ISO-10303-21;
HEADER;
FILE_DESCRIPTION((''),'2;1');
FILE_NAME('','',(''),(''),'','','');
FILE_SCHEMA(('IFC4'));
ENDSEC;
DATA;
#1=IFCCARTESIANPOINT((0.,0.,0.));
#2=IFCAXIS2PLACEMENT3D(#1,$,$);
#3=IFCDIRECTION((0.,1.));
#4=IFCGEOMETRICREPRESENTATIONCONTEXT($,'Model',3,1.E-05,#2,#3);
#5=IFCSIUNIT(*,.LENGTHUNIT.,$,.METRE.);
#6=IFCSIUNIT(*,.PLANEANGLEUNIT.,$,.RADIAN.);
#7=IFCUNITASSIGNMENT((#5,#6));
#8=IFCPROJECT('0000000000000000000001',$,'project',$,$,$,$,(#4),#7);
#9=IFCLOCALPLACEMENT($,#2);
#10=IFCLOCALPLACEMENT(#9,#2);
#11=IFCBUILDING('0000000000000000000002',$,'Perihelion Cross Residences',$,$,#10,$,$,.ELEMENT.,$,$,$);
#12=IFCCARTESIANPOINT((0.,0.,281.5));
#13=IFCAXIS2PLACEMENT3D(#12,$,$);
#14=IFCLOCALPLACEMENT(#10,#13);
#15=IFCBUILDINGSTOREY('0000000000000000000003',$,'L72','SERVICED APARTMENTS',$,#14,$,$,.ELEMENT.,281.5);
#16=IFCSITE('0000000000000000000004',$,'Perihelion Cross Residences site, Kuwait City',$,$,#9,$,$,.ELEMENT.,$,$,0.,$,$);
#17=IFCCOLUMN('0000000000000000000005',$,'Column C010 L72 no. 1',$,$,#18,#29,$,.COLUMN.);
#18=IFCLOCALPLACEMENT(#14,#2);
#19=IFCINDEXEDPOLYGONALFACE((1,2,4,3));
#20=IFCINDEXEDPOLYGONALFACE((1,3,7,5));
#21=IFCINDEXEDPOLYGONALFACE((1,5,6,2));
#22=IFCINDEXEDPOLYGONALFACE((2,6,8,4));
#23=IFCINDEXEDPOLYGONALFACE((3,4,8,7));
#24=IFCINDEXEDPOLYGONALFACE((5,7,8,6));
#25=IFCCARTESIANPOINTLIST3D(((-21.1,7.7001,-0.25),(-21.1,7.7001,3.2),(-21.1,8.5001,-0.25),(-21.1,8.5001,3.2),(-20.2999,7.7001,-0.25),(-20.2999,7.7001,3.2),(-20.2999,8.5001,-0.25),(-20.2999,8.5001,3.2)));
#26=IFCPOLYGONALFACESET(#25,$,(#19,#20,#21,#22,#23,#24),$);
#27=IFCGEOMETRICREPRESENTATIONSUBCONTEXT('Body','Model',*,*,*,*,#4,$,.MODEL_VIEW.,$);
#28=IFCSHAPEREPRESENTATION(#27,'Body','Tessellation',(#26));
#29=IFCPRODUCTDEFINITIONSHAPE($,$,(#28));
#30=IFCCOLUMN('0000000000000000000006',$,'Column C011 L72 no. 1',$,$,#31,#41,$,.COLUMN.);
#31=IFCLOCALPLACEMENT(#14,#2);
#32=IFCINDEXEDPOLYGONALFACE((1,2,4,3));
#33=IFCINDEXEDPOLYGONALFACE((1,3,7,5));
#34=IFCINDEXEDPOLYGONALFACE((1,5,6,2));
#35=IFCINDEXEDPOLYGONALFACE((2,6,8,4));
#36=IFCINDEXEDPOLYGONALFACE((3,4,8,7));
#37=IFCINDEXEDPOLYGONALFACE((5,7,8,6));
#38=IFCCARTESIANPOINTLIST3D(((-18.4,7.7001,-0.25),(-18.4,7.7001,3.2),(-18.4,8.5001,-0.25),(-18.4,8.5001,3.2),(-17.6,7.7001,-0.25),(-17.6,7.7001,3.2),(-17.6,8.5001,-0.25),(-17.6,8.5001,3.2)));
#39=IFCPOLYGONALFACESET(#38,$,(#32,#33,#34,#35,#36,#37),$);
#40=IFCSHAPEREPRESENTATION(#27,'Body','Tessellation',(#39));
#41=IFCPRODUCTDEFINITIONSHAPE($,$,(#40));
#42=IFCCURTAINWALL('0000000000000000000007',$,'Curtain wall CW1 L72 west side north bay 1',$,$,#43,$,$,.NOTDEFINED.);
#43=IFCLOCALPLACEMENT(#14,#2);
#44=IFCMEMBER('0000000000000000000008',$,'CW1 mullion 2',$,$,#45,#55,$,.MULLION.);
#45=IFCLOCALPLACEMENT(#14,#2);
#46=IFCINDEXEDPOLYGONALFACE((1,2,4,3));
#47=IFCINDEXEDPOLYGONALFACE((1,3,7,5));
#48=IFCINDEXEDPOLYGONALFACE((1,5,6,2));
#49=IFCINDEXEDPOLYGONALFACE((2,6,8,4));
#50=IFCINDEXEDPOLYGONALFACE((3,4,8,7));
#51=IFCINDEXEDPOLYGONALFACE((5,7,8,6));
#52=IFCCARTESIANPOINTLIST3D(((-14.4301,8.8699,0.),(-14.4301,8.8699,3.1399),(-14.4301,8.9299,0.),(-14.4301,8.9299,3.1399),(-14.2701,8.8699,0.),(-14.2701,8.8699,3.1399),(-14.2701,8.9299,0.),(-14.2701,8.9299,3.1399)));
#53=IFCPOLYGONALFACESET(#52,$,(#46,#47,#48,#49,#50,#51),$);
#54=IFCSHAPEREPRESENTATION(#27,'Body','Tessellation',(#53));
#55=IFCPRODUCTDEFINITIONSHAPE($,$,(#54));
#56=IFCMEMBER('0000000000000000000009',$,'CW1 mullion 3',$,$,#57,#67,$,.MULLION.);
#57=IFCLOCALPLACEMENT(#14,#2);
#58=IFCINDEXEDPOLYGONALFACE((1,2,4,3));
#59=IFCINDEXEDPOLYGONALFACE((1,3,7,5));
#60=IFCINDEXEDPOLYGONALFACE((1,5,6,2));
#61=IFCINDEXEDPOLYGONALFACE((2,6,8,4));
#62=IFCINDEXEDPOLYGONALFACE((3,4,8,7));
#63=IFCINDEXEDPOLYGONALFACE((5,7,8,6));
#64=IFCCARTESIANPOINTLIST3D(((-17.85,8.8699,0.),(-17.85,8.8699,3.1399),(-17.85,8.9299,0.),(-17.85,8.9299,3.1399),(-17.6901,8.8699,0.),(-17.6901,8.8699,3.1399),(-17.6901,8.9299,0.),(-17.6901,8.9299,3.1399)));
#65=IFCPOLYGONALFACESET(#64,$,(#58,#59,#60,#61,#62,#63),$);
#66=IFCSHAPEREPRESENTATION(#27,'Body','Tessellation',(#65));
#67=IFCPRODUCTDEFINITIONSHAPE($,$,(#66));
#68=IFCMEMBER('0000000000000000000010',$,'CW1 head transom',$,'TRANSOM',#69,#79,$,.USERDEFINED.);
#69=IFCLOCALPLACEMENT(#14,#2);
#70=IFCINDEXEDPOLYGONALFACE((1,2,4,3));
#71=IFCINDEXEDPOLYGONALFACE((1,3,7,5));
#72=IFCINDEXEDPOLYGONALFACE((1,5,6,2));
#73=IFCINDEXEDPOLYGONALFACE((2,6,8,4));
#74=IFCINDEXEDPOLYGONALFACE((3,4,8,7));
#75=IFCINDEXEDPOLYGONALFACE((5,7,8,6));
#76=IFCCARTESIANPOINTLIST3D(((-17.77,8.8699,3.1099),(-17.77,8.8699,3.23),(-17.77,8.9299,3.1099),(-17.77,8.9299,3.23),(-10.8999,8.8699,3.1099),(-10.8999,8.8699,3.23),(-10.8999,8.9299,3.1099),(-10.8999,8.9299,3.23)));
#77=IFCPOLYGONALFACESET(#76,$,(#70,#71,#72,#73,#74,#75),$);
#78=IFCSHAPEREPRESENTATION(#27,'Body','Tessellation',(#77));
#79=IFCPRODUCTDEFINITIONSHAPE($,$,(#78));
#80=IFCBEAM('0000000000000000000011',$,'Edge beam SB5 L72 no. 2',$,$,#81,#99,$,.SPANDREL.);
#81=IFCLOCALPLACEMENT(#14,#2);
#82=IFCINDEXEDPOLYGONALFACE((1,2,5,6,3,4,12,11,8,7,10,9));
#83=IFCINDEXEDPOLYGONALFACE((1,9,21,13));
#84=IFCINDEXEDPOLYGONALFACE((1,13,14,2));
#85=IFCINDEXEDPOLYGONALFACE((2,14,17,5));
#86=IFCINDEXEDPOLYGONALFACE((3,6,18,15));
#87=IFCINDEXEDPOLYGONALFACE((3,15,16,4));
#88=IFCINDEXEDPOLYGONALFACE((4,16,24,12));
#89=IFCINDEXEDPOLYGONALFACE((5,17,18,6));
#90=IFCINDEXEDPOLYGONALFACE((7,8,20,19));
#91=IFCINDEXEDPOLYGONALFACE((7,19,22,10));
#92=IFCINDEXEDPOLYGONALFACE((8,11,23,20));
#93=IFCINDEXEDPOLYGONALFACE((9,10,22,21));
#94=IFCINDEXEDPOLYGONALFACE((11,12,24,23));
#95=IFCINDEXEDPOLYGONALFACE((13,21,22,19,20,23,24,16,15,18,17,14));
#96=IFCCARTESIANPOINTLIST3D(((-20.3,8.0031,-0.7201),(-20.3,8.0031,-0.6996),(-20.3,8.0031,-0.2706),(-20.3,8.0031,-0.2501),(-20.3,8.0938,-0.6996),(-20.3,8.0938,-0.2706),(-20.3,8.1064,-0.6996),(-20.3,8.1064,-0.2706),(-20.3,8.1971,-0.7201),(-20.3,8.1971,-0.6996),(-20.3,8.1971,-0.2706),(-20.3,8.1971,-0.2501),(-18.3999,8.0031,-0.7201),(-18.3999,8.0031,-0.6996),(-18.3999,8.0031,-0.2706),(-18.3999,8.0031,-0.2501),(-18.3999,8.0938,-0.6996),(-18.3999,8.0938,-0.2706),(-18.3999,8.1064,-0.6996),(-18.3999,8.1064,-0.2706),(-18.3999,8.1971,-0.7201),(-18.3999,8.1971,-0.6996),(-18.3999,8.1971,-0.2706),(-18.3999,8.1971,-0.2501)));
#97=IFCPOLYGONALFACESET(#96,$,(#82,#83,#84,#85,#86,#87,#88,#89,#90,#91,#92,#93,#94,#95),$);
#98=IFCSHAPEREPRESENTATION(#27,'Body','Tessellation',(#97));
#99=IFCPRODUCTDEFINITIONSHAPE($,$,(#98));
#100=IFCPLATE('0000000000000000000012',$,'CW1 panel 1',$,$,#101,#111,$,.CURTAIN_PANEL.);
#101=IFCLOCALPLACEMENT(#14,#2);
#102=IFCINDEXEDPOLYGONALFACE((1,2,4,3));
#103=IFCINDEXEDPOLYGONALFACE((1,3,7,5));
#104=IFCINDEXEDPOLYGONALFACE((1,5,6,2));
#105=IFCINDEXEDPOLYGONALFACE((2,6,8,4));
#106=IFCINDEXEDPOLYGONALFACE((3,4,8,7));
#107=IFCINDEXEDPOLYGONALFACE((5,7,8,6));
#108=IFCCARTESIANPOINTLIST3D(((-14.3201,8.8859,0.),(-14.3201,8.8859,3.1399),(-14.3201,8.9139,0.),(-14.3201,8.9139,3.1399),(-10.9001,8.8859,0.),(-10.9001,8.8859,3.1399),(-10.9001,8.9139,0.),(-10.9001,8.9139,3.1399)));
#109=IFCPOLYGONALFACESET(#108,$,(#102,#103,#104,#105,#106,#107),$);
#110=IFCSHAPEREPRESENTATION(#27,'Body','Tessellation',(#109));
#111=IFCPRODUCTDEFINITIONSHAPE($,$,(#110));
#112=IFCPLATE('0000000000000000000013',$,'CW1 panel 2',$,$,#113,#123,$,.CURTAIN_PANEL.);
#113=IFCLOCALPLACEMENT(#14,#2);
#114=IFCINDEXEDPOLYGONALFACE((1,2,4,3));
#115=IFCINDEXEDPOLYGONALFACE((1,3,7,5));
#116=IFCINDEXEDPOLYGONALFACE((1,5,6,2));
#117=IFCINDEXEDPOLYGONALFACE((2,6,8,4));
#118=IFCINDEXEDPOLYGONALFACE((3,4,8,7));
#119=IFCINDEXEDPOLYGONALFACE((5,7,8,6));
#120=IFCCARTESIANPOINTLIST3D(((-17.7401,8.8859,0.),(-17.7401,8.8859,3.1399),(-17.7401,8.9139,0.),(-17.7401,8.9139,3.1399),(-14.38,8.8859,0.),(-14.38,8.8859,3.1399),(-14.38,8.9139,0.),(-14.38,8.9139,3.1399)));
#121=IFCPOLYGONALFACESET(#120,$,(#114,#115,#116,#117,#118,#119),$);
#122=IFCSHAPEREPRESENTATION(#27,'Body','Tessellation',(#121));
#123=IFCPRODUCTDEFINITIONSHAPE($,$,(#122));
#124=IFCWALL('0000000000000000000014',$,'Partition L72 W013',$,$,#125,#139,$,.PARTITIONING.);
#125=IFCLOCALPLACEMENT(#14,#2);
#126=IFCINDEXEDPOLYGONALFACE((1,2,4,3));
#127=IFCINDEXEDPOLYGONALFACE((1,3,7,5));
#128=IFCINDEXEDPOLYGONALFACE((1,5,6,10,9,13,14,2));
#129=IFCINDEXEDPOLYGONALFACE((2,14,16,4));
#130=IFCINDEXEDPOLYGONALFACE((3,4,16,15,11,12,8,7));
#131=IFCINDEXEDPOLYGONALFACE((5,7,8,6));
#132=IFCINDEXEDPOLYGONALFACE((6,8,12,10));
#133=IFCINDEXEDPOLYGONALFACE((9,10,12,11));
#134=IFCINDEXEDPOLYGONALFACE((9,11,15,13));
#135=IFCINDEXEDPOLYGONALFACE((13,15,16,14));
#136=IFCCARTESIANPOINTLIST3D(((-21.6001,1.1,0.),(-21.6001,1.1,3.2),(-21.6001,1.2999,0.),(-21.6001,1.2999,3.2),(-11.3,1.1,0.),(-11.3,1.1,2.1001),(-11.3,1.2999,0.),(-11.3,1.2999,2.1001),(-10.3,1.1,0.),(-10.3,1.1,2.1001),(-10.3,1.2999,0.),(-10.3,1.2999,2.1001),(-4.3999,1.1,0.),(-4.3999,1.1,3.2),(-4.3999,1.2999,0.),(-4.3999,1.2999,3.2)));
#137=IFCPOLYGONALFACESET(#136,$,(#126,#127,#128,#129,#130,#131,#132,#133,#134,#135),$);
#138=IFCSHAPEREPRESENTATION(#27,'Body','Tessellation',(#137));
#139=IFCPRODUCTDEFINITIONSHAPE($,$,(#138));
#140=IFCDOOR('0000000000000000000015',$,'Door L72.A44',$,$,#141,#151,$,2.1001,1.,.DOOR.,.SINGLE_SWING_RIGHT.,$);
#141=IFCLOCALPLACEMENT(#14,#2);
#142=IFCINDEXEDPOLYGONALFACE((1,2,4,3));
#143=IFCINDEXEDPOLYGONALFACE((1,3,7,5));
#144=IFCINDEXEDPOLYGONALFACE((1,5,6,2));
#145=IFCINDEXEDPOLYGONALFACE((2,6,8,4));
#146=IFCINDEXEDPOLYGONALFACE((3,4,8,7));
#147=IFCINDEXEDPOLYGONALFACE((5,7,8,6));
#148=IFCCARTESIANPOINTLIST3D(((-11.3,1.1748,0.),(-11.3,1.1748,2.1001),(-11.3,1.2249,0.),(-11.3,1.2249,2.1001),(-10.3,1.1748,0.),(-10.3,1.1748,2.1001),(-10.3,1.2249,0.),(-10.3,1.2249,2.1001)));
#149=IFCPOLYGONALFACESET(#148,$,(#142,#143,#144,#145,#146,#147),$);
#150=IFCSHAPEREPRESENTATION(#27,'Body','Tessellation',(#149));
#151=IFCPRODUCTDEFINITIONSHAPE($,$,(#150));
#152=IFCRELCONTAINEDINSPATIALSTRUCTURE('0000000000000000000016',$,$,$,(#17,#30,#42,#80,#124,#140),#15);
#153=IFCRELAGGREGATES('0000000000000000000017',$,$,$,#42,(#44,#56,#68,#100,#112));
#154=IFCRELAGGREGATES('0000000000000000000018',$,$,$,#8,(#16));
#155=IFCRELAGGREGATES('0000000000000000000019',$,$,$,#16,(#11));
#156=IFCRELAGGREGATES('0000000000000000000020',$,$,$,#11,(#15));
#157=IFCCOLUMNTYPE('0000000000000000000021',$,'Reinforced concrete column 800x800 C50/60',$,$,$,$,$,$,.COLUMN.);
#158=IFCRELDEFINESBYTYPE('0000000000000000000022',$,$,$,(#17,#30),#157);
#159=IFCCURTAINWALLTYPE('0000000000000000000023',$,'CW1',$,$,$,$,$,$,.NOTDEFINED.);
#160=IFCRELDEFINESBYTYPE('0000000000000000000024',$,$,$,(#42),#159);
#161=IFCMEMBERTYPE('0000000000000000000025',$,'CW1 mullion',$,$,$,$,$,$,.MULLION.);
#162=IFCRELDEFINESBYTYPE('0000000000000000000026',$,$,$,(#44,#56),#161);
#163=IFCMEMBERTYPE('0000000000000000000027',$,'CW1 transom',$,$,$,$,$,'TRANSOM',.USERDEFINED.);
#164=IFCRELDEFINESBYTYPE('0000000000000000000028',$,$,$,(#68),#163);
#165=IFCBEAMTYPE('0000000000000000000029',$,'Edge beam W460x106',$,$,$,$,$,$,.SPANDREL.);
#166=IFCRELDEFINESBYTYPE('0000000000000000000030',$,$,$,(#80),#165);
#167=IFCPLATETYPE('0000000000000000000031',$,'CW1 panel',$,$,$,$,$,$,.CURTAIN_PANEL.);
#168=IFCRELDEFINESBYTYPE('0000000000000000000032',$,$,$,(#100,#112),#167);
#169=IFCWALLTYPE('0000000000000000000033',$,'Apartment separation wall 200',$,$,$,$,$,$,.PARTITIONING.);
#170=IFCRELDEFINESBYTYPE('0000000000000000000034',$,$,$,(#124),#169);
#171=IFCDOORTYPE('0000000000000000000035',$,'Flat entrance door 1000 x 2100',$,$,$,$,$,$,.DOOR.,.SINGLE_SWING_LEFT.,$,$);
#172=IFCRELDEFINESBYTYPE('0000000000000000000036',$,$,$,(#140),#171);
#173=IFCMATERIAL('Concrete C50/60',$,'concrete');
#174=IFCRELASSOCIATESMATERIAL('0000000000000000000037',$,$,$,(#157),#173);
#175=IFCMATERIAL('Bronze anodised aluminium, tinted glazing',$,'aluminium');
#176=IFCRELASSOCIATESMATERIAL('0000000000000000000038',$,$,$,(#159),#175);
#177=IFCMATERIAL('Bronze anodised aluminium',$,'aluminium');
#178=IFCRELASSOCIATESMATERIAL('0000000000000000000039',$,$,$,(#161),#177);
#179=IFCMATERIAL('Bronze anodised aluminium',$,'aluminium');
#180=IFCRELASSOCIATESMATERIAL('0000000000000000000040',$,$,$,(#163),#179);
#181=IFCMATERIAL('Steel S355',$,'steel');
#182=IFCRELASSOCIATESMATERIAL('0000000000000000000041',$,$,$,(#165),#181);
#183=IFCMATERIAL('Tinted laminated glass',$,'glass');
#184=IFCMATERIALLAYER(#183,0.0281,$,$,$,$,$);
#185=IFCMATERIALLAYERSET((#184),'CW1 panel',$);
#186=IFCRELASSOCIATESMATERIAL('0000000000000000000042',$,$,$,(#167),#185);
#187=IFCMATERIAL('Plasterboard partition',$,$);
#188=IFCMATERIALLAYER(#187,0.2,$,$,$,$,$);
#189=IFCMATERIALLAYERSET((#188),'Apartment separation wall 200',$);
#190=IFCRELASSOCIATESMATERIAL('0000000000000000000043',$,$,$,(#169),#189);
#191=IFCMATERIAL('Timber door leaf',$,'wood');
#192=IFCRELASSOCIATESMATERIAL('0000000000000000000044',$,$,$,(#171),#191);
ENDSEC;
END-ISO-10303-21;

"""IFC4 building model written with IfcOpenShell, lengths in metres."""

from ifc_helpers import new_model, si_unit, direction, frame, frame_2d, origin, origin_2d, place, context, subcontext, project, spatial, rectangle, i_section, extrude, material, layer, layer_set, material_profile, profile_set, type_object, element, fill, aggregate, save


model = new_model("IFC4")

# Units and contexts
model_context = context("Model", 3, precision=1e-05, world=origin(), true_north=direction((0.0, 1.0)))
body_context = subcontext(model_context, "Body", "Model", "MODEL_VIEW")
ifc_project = project(units=[si_unit("LENGTHUNIT", "METRE"), si_unit("PLANEANGLEUNIT", "RADIAN")], contexts=[model_context])

# Site, building, storey
site_placement = place(None, origin())
site = spatial("IfcSite", under=ifc_project, at=site_placement, Name="Perihelion Cross Residences site, Kuwait City", CompositionType="ELEMENT", RefElevation=0.0)
building_placement = place(site_placement, origin())
building = spatial("IfcBuilding", under=site, at=building_placement, Name="Perihelion Cross Residences", CompositionType="ELEMENT")
storey_placement = place(building_placement, frame((0.0, 0.0, 281.5)))
storey = spatial("IfcBuildingStorey", under=building, at=storey_placement, Name="L72", Description="SERVICED APARTMENTS", CompositionType="ELEMENT", Elevation=281.5)

# Columns
ifc_material_1 = material(Name="Concrete C50/60", Category="concrete")
ifc_material_profile_1 = material_profile(ifc_material_1, rectangle(XDim=0.8, YDim=0.8, at=origin_2d()), Name="RC 800x800")
ifc_profile_set_1 = profile_set([ifc_material_profile_1], Name="Concrete C50/60")
column_type = type_object("IfcColumnType", Name="Reinforced concrete column 800x800 C50/60", PredefinedType="COLUMN", material=ifc_profile_set_1)
for number, where, z_axis, x_axis, name in (
    (1, (-20.7, 8.1001, -0.25), (0.0, 0.0, 1.0), (1.0, 0.0, 0.0), "Column C010 L72 no. 1"),
    (2, (-18.0, 8.1001, -0.25), (0.0, 0.0, 1.0), (1.0, 0.0, 0.0), "Column C011 L72 no. 1"),
):
    element("IfcColumn", number, at=place(storey_placement, frame(where, z_axis=z_axis, x_axis=x_axis)), inside=storey, type_object=column_type, Name=name, PredefinedType="COLUMN", context=body_context, shape_type="SweptSolid", body=[
        extrude(rectangle(XDim=0.8, YDim=0.8, at=origin_2d()), origin(), (0.0, 0.0, 1.0), 3.45),
    ])

# Curtain wall, members
ifc_material_2 = material(Name="Bronze anodised aluminium, tinted glazing", Category="aluminium")
curtain_wall_type = type_object("IfcCurtainWallType", Name="CW1", PredefinedType="NOTDEFINED", material=ifc_material_2)
curtain_wall_placement = place(storey_placement, origin())
curtain_wall = element("IfcCurtainWall", 3, at=curtain_wall_placement, inside=storey, type_object=curtain_wall_type, Name="Curtain wall CW1 L72 west side north bay 1", PredefinedType="NOTDEFINED")
ifc_material_3 = material(Name="Bronze anodised aluminium", Category="aluminium")
ifc_material_profile_2 = material_profile(ifc_material_3, rectangle(XDim=0.0601, YDim=0.1599, at=origin_2d()), Name="CW1 mullion")
ifc_profile_set_2 = profile_set([ifc_material_profile_2], Name="Bronze anodised aluminium")
member_type_1 = type_object("IfcMemberType", Name="CW1 mullion", PredefinedType="MULLION", material=ifc_profile_set_2)
member_1_placement = place(storey_placement, frame((-14.3501, 8.8999, 0.0), z_axis=(0.0, 0.0, 1.0), x_axis=(0.0, -1.0, 0.0)))
member_1 = element("IfcMember", 4, at=member_1_placement, type_object=member_type_1, Name="CW1 mullion 2", PredefinedType="MULLION", context=body_context, shape_type="SweptSolid", body=[
    extrude(rectangle(XDim=0.0601, YDim=0.1599, at=origin_2d()), origin(), (0.0, 0.0, 1.0), 3.1399),
])
member_2_placement = place(storey_placement, frame((-17.77, 8.8999, 0.0), z_axis=(0.0, 0.0, 1.0), x_axis=(0.0, -1.0, 0.0)))
member_2 = element("IfcMember", 5, at=member_2_placement, type_object=member_type_1, Name="CW1 mullion 3", PredefinedType="MULLION", context=body_context, shape_type="SweptSolid", body=[
    extrude(rectangle(XDim=0.0601, YDim=0.1599, at=origin_2d()), origin(), (0.0, 0.0, 1.0), 3.1399),
])
ifc_material_4 = material(Name="Bronze anodised aluminium", Category="aluminium")
ifc_material_profile_3 = material_profile(ifc_material_4, rectangle(XDim=0.0601, YDim=0.1201, at=origin_2d()), Name="CW1 transom")
ifc_profile_set_3 = profile_set([ifc_material_profile_3], Name="Bronze anodised aluminium")
member_type_2 = type_object("IfcMemberType", Name="CW1 transom", ElementType="TRANSOM", PredefinedType="USERDEFINED", material=ifc_profile_set_3)
member_3_placement = place(storey_placement, frame((-10.8999, 8.8999, 3.1699), z_axis=(-1.0, 0.0, 0.0), x_axis=(0.0, -1.0, 0.0)))
member_3 = element("IfcMember", 6, at=member_3_placement, type_object=member_type_2, Name="CW1 head transom", ObjectType="TRANSOM", PredefinedType="USERDEFINED", context=body_context, shape_type="SweptSolid", body=[
    extrude(rectangle(XDim=0.0601, YDim=0.1201, at=origin_2d()), origin(), (0.0, 0.0, 1.0), 6.8701),
])

# Beam
ifc_material_5 = material(Name="Steel S355", Category="steel")
ifc_material_profile_4 = material_profile(ifc_material_5, i_section(OverallWidth=0.1941, OverallDepth=0.47, WebThickness=0.0127, FlangeThickness=0.0205, at=origin_2d()), Name="W460x106")
ifc_profile_set_4 = profile_set([ifc_material_profile_4], Name="Steel S355")
beam_type = type_object("IfcBeamType", Name="Edge beam W460x106", PredefinedType="SPANDREL", material=ifc_profile_set_4)
beam_placement = place(storey_placement, frame((-18.3999, 8.1001, -0.4851), z_axis=(-1.0, 0.0, 0.0), x_axis=(0.0, -1.0, 0.0)))
element("IfcBeam", 7, at=beam_placement, inside=storey, type_object=beam_type, Name="Edge beam SB5 L72 no. 2", PredefinedType="SPANDREL", context=body_context, shape_type="SweptSolid", body=[
    extrude(i_section(OverallWidth=0.1941, OverallDepth=0.47, WebThickness=0.0127, FlangeThickness=0.0205, at=origin_2d()), origin(), (0.0, 0.0, 1.0), 1.9001),
])

# Plates
ifc_material_6 = material(Name="Tinted laminated glass", Category="glass")
ifc_layer_1 = layer(ifc_material_6, 0.0281)
ifc_layer_set_1 = layer_set([ifc_layer_1], Name="CW1 panel")
plate_type = type_object("IfcPlateType", Name="CW1 panel", PredefinedType="CURTAIN_PANEL", material=ifc_layer_set_1)
plate_1_placement = place(storey_placement, frame((-12.6101, 8.8999, 0.0), z_axis=(0.0, 0.0, 1.0), x_axis=(-1.0, 0.0, 0.0)))
plate_1 = element("IfcPlate", 8, at=plate_1_placement, type_object=plate_type, Name="CW1 panel 1", PredefinedType="CURTAIN_PANEL", context=body_context, shape_type="SweptSolid", body=[
    extrude(rectangle(XDim=3.4199, YDim=0.0281, at=origin_2d()), origin(), (0.0, 0.0, 1.0), 3.1399),
])
plate_2_placement = place(storey_placement, frame((-16.0601, 8.8999, 0.0), z_axis=(0.0, 0.0, 1.0), x_axis=(-1.0, 0.0, 0.0)))
plate_2 = element("IfcPlate", 9, at=plate_2_placement, type_object=plate_type, Name="CW1 panel 2", PredefinedType="CURTAIN_PANEL", context=body_context, shape_type="SweptSolid", body=[
    extrude(rectangle(XDim=3.3601, YDim=0.0281, at=origin_2d()), origin(), (0.0, 0.0, 1.0), 3.1399),
])
aggregate(curtain_wall, [member_1, member_2, member_3, plate_1, plate_2])

# Wall, opening, door
ifc_material_7 = material(Name="Plasterboard partition")
ifc_layer_2 = layer(ifc_material_7, 0.2)
ifc_layer_set_2 = layer_set([ifc_layer_2], Name="Apartment separation wall 200")
wall_type_1 = type_object("IfcWallType", Name="Apartment separation wall 200", PredefinedType="PARTITIONING", material=ifc_layer_set_2)
wall_1_placement = place(storey_placement, frame((-21.6001, 1.2, 0.0), z_axis=(0.0, 0.0, 1.0), x_axis=(1.0, 0.0, 0.0)))
wall_1 = element("IfcWall", 10, at=wall_1_placement, inside=storey, type_object=wall_type_1, Name="Partition L72 W013", PredefinedType="PARTITIONING", context=body_context, shape_type="SweptSolid", body=[
    extrude(rectangle(XDim=17.2002, YDim=0.2, at=frame_2d((8.6001, 0.0))), origin(), (0.0, 0.0, 1.0), 3.2),
])
opening_1_placement = place(wall_1_placement, frame((10.3, 0.0, 0.0)))
opening_1 = element("IfcOpeningElement", 11, at=opening_1_placement, cuts=wall_1, PredefinedType="OPENING", context=body_context, shape_type="SweptSolid", body=[
    extrude(rectangle(XDim=1.0, YDim=2.1001, at=frame_2d((0.5, 1.05))), frame((0.0, 0.1099, 0.0), z_axis=(0.0, -1.0, 0.0), x_axis=(1.0, 0.0, 0.0)), (0.0, 0.0, 1.0), 0.22),
])
ifc_material_8 = material(Name="Timber door leaf", Category="wood")
door_type_1 = type_object("IfcDoorType", Name="Flat entrance door 1000 x 2100", OperationType="SINGLE_SWING_LEFT", PredefinedType="DOOR", material=ifc_material_8)
door_1_placement = place(opening_1_placement, origin())
door_1 = element("IfcDoor", 12, at=door_1_placement, inside=storey, type_object=door_type_1, Name="Door L72.A44", OperationType="SINGLE_SWING_RIGHT", OverallHeight=2.1001, OverallWidth=1.0, PredefinedType="DOOR", context=body_context, shape_type="SweptSolid", body=[
    extrude(rectangle(XDim=1.0, YDim=2.1001, at=frame_2d((0.5, 1.05))), frame((0.0, 0.0249, 0.0), z_axis=(0.0, -1.0, 0.0), x_axis=(1.0, 0.0, 0.0)), (0.0, 0.0, 1.0), 0.05),
])
fill(opening_1, door_1)

save(model, "model.ifc")
